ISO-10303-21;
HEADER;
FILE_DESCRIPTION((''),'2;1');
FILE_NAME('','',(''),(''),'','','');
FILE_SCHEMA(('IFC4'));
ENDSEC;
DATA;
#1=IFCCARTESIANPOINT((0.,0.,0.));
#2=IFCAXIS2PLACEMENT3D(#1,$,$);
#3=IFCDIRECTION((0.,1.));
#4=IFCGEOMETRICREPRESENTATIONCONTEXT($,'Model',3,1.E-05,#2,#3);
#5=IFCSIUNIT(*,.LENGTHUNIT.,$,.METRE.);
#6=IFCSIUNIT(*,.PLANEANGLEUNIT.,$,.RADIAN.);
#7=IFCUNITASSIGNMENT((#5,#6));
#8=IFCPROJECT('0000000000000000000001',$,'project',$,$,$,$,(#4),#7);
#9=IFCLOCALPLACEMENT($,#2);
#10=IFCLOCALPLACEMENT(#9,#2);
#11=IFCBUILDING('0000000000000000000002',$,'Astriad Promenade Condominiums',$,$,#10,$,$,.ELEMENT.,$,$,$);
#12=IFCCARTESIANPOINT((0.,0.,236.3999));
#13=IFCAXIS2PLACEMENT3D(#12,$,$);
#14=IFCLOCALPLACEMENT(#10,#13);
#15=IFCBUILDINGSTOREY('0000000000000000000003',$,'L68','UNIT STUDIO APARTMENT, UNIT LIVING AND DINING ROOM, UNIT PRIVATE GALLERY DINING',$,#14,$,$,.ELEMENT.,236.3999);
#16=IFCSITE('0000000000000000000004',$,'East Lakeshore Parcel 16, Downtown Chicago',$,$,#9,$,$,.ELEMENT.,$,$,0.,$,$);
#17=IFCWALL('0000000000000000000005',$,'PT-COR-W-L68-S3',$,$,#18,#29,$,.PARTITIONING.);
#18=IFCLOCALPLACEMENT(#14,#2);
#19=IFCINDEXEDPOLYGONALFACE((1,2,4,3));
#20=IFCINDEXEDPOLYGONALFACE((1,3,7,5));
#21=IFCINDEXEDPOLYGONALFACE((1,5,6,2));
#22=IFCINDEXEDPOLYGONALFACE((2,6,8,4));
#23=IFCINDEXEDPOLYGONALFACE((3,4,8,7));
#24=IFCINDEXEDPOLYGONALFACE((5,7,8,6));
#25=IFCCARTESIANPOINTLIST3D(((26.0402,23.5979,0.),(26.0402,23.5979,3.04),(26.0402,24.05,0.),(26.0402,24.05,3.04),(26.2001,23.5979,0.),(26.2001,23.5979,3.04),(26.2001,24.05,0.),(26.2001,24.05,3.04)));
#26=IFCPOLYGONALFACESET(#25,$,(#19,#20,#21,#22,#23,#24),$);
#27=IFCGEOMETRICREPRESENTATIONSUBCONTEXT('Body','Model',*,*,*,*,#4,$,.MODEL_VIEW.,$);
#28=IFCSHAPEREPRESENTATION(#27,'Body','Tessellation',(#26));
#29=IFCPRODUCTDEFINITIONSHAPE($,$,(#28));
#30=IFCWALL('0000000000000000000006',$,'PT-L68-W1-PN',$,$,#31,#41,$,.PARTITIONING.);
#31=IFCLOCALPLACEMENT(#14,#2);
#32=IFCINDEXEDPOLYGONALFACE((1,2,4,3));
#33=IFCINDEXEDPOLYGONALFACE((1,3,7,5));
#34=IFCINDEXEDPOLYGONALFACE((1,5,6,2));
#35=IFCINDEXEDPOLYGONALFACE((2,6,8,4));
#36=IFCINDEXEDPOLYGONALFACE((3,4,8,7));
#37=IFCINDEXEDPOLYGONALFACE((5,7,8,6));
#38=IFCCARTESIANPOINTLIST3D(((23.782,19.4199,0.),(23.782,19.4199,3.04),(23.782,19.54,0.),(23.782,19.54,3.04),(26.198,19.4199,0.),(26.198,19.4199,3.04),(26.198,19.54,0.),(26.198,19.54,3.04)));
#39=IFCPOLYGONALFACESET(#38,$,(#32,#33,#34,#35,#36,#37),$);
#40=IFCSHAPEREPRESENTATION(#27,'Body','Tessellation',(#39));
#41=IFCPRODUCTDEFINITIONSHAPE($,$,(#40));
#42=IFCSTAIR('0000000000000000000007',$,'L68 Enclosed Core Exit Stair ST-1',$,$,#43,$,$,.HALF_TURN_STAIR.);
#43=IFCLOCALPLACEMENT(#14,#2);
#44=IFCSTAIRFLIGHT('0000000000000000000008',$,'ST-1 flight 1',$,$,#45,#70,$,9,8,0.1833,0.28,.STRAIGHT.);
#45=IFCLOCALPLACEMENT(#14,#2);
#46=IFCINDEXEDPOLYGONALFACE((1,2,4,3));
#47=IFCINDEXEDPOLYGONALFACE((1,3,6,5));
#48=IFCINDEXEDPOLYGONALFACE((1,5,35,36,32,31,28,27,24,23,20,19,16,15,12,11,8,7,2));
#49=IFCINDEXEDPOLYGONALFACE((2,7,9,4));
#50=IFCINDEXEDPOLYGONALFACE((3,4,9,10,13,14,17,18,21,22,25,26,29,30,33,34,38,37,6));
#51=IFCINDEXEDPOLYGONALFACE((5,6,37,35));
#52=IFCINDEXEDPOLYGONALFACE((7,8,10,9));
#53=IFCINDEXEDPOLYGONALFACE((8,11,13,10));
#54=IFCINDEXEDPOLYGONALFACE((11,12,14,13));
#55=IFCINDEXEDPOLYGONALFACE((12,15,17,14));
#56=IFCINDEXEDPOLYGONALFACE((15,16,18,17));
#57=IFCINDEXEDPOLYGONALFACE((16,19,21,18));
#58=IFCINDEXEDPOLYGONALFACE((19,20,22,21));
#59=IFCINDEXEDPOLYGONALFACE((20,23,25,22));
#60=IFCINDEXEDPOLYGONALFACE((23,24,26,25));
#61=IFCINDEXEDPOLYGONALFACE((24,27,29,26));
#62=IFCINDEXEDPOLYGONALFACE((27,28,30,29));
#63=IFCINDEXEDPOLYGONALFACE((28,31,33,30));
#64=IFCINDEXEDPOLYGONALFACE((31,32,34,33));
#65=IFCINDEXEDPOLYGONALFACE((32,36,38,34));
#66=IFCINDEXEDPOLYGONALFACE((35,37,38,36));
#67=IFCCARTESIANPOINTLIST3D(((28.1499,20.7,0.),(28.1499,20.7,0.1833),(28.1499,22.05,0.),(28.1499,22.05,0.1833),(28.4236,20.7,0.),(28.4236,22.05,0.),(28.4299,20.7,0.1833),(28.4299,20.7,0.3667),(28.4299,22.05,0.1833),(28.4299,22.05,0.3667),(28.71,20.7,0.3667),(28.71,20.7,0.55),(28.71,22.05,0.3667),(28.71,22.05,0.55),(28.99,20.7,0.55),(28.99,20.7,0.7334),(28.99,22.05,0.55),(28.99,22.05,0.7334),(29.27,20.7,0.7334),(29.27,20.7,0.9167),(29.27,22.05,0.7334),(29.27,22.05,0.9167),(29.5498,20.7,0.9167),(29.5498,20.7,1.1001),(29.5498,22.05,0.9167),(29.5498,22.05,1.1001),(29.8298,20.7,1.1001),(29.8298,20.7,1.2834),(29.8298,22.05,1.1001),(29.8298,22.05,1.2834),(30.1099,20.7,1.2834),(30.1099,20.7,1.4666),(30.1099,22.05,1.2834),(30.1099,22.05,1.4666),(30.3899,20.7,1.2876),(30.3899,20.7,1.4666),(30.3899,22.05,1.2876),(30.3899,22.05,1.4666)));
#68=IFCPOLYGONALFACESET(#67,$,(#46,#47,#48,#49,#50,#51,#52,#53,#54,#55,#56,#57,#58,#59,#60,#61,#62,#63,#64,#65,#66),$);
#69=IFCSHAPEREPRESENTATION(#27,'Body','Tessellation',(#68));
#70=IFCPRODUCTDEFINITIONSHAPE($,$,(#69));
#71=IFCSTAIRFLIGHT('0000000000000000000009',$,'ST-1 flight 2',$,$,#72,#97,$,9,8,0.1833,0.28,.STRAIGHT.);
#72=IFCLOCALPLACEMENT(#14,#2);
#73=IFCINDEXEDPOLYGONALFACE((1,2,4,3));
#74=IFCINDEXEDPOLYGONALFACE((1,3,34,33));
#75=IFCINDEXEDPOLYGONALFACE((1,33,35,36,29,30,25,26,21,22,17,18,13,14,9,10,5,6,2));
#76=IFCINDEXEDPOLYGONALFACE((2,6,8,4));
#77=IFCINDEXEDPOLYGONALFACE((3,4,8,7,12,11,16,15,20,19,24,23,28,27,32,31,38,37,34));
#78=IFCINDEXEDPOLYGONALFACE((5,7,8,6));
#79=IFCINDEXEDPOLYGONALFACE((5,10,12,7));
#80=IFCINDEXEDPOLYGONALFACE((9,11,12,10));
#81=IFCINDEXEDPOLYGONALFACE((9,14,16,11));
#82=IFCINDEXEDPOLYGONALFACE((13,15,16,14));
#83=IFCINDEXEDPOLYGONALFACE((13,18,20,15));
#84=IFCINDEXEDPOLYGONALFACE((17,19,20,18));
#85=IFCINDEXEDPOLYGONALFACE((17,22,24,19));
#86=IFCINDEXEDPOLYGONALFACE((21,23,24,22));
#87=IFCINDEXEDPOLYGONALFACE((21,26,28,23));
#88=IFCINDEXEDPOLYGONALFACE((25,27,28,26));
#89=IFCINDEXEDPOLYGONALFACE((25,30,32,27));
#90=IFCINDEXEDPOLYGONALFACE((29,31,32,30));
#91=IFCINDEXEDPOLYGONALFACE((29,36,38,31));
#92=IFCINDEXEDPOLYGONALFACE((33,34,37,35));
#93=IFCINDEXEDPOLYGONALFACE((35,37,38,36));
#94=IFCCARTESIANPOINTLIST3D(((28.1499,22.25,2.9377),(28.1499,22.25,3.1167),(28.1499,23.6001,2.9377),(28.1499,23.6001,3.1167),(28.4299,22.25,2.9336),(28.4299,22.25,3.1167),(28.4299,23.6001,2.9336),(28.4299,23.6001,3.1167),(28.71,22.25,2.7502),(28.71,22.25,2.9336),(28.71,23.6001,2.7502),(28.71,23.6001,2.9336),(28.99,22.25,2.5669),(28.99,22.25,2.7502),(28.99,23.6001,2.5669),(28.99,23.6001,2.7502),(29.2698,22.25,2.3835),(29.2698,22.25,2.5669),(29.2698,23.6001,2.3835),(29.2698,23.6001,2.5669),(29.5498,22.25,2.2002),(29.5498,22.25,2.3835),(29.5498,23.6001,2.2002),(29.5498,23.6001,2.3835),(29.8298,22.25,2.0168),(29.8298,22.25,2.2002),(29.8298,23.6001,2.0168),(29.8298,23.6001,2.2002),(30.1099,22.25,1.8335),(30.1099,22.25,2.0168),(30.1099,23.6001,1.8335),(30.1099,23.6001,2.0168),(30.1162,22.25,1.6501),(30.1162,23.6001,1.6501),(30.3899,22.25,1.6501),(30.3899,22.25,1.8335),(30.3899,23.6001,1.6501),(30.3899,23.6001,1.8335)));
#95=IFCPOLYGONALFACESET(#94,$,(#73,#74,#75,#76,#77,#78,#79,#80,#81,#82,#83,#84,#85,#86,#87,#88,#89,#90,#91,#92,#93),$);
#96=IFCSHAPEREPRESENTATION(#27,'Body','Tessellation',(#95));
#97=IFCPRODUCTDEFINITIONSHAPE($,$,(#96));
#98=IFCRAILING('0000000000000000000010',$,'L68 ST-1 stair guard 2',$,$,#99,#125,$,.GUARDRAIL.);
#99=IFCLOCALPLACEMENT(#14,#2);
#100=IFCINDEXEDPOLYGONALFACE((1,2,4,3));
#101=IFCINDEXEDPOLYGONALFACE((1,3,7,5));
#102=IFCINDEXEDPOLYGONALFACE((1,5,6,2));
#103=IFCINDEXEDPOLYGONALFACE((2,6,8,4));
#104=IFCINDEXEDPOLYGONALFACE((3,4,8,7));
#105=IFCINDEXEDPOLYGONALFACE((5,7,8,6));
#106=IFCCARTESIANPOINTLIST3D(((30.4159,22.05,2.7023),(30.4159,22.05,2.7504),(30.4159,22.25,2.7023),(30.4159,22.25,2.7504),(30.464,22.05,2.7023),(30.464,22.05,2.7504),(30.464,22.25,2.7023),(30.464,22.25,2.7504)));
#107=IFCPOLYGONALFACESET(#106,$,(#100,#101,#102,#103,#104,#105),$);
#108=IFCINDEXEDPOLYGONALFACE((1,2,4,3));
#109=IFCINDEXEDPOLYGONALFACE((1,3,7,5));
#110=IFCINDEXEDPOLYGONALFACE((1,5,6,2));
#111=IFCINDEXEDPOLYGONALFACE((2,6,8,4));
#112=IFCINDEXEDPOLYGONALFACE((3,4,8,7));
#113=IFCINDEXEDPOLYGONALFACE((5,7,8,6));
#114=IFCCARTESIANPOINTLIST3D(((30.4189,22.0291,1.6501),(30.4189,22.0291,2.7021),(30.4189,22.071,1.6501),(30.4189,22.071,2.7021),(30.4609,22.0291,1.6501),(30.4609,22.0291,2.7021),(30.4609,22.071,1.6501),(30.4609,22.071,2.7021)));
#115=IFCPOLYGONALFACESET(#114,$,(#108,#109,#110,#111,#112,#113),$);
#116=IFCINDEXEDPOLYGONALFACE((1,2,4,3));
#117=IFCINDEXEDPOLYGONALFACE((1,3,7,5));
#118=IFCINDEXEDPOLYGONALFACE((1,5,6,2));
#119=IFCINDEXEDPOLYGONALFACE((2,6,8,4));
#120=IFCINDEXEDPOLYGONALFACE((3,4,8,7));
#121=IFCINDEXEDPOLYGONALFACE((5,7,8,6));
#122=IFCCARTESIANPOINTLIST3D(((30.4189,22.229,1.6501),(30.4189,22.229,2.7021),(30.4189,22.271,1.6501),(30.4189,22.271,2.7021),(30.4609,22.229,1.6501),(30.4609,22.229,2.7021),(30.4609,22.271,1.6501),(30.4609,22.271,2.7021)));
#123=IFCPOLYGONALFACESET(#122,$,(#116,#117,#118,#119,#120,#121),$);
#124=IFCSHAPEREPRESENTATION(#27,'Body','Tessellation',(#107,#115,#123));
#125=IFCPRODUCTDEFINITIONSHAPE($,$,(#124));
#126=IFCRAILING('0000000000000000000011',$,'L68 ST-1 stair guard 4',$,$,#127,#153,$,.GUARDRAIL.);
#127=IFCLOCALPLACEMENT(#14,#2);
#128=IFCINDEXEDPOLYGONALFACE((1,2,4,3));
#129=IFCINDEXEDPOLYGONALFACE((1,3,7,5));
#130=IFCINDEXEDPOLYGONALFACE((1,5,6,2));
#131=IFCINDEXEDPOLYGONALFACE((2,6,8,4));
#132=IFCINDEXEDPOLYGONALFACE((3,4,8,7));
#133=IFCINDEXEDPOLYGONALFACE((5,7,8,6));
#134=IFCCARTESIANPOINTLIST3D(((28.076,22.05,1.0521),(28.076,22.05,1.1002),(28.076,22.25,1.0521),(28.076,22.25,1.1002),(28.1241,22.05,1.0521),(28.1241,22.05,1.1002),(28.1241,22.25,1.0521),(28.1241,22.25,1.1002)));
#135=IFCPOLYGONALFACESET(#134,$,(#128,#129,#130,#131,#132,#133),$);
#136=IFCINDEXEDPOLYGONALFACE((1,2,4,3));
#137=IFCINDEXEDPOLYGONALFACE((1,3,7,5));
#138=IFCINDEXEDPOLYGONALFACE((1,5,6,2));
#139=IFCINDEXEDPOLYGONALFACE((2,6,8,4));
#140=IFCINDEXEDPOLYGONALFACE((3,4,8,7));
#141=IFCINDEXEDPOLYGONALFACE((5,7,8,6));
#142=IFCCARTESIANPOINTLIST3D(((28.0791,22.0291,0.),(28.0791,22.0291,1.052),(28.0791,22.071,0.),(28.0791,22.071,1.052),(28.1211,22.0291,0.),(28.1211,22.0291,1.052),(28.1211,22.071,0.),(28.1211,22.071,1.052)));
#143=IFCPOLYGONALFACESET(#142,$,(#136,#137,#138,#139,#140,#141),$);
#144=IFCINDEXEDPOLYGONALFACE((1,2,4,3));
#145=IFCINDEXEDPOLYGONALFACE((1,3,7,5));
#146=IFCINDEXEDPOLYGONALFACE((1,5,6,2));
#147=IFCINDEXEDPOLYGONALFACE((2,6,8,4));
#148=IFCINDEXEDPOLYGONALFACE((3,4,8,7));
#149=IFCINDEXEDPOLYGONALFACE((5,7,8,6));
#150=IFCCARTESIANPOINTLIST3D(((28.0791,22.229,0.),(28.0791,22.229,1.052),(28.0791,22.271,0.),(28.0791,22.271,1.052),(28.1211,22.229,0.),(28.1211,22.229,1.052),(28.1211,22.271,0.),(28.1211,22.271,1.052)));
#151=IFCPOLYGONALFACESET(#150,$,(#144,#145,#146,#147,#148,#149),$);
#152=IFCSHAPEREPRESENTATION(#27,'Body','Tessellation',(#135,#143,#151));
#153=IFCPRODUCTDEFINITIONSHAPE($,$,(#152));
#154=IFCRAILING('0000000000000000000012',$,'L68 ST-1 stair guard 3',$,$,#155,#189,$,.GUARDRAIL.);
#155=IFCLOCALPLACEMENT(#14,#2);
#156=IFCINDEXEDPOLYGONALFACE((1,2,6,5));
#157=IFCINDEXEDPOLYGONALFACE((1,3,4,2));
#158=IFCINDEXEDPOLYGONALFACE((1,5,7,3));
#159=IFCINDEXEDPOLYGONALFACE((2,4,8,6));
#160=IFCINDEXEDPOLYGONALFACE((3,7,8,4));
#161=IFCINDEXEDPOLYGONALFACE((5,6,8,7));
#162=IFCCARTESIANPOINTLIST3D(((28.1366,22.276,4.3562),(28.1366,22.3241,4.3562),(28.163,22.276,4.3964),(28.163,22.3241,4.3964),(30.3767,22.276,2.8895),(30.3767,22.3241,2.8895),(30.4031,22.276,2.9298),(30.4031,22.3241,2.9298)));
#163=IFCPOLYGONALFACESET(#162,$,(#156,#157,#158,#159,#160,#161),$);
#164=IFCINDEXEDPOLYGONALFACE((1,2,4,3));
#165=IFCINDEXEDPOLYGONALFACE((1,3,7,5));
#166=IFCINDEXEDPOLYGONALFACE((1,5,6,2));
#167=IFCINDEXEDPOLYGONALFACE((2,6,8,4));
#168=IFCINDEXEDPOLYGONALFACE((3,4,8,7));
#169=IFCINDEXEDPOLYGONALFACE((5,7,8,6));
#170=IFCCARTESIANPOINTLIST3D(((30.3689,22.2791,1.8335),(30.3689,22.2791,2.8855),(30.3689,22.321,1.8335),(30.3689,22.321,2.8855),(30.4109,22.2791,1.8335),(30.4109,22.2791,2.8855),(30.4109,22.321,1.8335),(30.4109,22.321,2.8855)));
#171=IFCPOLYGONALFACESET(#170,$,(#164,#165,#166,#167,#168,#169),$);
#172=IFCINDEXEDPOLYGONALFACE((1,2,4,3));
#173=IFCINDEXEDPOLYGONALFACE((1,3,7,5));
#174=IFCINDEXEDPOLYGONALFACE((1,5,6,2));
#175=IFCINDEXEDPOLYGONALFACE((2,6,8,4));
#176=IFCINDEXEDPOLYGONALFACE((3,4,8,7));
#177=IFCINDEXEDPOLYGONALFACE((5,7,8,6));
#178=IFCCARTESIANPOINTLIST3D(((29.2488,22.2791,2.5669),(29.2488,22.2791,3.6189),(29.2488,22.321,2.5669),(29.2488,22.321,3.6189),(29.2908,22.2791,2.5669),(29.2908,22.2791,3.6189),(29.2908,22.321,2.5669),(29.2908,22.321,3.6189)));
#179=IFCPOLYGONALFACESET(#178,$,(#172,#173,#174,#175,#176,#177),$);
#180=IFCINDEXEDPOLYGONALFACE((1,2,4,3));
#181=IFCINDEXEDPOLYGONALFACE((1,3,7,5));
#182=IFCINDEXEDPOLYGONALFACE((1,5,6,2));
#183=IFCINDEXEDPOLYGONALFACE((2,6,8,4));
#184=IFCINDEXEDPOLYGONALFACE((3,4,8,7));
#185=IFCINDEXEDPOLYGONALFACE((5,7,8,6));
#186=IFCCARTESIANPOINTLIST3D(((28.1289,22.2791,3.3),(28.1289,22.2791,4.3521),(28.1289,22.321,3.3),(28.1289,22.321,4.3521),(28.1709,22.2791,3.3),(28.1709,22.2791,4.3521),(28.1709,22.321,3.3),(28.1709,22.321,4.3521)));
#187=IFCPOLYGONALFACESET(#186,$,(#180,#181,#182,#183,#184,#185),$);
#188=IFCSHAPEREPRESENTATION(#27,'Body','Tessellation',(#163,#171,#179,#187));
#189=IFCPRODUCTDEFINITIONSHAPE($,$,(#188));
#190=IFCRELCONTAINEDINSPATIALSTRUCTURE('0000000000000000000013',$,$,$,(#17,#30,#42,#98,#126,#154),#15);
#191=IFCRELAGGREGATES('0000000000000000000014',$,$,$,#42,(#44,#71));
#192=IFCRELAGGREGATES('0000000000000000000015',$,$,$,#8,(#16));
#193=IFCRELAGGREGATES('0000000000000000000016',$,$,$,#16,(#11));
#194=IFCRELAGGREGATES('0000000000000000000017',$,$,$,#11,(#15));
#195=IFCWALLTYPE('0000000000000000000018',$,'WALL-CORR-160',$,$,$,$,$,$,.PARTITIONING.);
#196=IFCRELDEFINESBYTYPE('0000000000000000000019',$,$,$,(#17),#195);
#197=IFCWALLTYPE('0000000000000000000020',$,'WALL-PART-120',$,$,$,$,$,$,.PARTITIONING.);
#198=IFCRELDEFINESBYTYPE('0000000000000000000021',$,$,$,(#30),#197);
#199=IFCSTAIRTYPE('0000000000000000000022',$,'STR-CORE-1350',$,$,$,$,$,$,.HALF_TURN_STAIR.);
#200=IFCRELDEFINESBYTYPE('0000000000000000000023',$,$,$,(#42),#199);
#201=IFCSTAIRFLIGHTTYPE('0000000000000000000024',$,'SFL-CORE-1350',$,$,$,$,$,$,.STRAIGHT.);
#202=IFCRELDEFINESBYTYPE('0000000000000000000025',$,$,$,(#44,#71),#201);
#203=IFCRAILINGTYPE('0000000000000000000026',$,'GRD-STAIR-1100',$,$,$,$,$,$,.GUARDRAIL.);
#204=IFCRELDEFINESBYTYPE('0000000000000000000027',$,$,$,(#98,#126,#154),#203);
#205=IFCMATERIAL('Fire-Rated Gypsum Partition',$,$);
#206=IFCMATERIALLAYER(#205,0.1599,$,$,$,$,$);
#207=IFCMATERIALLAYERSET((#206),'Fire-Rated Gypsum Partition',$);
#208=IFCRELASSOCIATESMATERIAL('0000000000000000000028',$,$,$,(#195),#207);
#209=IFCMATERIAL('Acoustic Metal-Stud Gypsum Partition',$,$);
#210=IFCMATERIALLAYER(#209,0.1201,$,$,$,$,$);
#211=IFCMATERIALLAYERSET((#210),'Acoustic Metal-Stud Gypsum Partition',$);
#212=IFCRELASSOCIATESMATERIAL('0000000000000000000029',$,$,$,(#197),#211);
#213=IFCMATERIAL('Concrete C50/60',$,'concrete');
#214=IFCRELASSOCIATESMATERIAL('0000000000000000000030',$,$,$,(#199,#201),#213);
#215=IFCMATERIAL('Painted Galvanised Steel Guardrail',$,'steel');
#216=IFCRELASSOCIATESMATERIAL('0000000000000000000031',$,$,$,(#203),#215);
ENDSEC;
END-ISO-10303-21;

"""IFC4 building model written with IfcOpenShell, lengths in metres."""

from ifc_helpers import new_model, si_unit, direction, frame, frame_2d, origin, origin_2d, place, context, subcontext, project, spatial, polyline, rectangle, outline, extrude, source, transform, mapped, material, layer, layer_set, type_object, type_shapes, element, aggregate, save


model = new_model("IFC4")

# Units and contexts
model_context = context("Model", 3, precision=1e-05, world=origin(), true_north=direction((0.0, 1.0)))
body_context = subcontext(model_context, "Body", "Model", "MODEL_VIEW")
ifc_project = project(units=[si_unit("LENGTHUNIT", "METRE"), si_unit("PLANEANGLEUNIT", "RADIAN")], contexts=[model_context])

# Site, building, storey
site_placement = place(None, origin())
site = spatial("IfcSite", under=ifc_project, at=site_placement, Name="East Lakeshore Parcel 16, Downtown Chicago", CompositionType="ELEMENT", RefElevation=0.0)
building_placement = place(site_placement, origin())
building = spatial("IfcBuilding", under=site, at=building_placement, Name="Astriad Promenade Condominiums", CompositionType="ELEMENT")
storey_placement = place(building_placement, frame((0.0, 0.0, 236.3999)))
storey = spatial("IfcBuildingStorey", under=building, at=storey_placement, Name="L68", Description="UNIT STUDIO APARTMENT, UNIT LIVING AND DINING ROOM, UNIT PRIVATE GALLERY DINING", CompositionType="ELEMENT", Elevation=236.3999)

# Shared definitions
ifc_material_1 = material(Name="Concrete C50/60", Category="concrete")

# Walls
ifc_material_2 = material(Name="Fire-Rated Gypsum Partition")
ifc_layer_1 = layer(ifc_material_2, 0.1599)
ifc_layer_set_1 = layer_set([ifc_layer_1], Name="Fire-Rated Gypsum Partition")
wall_type_1 = type_object("IfcWallType", Name="WALL-CORR-160", PredefinedType="PARTITIONING", material=ifc_layer_set_1)
wall_1_placement = place(storey_placement, frame((26.1201, 23.5979, 0.0), z_axis=(0.0, 0.0, 1.0), x_axis=(0.0, 1.0, 0.0)))
element("IfcWall", 1, at=wall_1_placement, inside=storey, type_object=wall_type_1, Name="PT-COR-W-L68-S3", PredefinedType="PARTITIONING", context=body_context, shape_type="SweptSolid", body=[
    extrude(rectangle(XDim=0.4521, YDim=0.1599, at=frame_2d((0.2261, 0.0))), origin(), (0.0, 0.0, 1.0), 3.04),
])
ifc_material_3 = material(Name="Acoustic Metal-Stud Gypsum Partition")
ifc_layer_2 = layer(ifc_material_3, 0.1201)
ifc_layer_set_2 = layer_set([ifc_layer_2], Name="Acoustic Metal-Stud Gypsum Partition")
wall_type_2 = type_object("IfcWallType", Name="WALL-PART-120", PredefinedType="PARTITIONING", material=ifc_layer_set_2)
wall_2_placement = place(storey_placement, frame((23.782, 19.48, 0.0), z_axis=(0.0, 0.0, 1.0), x_axis=(1.0, 0.0, 0.0)))
element("IfcWall", 2, at=wall_2_placement, inside=storey, type_object=wall_type_2, Name="PT-L68-W1-PN", PredefinedType="PARTITIONING", context=body_context, shape_type="SweptSolid", body=[
    extrude(rectangle(XDim=2.416, YDim=0.1201, at=frame_2d((1.208, 0.0))), origin(), (0.0, 0.0, 1.0), 3.04),
])

# Stair, stair flights
stair_type = type_object("IfcStairType", Name="STR-CORE-1350", PredefinedType="HALF_TURN_STAIR", material=ifc_material_1)
stair_placement = place(storey_placement, origin())
stair = element("IfcStair", 3, at=stair_placement, inside=storey, type_object=stair_type, Name="L68 Enclosed Core Exit Stair ST-1", PredefinedType="HALF_TURN_STAIR")
stair_flight_type = type_object("IfcStairFlightType", Name="SFL-CORE-1350", PredefinedType="STRAIGHT", material=ifc_material_1)
shared_shape_1 = source(origin(), body_context, "Body", "SweptSolid", [
    extrude(outline(polyline([(0.0, 0.0), (0.0, 0.1833), (0.28, 0.1833), (0.28, 0.3667), (0.5601, 0.3667), (0.5601, 0.55), (0.8401, 0.55), (0.8401, 0.7334), (1.1201, 0.7334), (1.1201, 0.9167), (1.3999, 0.9167), (1.3999, 1.1001), (1.6799, 1.1001), (1.6799, 1.2834), (1.96, 1.2834), (1.96, 1.4666), (2.24, 1.4666), (2.24, 1.6499), (2.24, 1.2876), (0.2737, 0.0), (0.0, 0.0)])), frame((0.0, 0.675, 0.0), z_axis=(0.0, -1.0, 0.0), x_axis=(1.0, 0.0, 0.0)), (0.0, 0.0, 1.0), 1.3501),
])
type_shapes(stair_flight_type, [shared_shape_1])
stair_flight_1_placement = place(storey_placement, frame((28.1499, 21.375, 0.0), z_axis=(0.0, 0.0, 1.0), x_axis=(1.0, 0.0, 0.0)))
stair_flight_1 = element("IfcStairFlight", 4, at=stair_flight_1_placement, type_object=stair_flight_type, Name="ST-1 flight 1", NumberOfRisers=9, NumberOfTreads=8, PredefinedType="STRAIGHT", RiserHeight=0.1833, TreadLength=0.28, context=body_context, shape_type="MappedRepresentation", body=[
    mapped(shared_shape_1, transform((0.0, 0.0, 0.0), scale=1.0)),
])
stair_flight_2_placement = place(storey_placement, frame((30.3899, 22.925, 1.6501), z_axis=(0.0, 0.0, 1.0), x_axis=(-1.0, 0.0, 0.0)))
stair_flight_2 = element("IfcStairFlight", 5, at=stair_flight_2_placement, type_object=stair_flight_type, Name="ST-1 flight 2", NumberOfRisers=9, NumberOfTreads=8, PredefinedType="STRAIGHT", RiserHeight=0.1833, TreadLength=0.28, context=body_context, shape_type="MappedRepresentation", body=[
    mapped(shared_shape_1, transform((0.0, 0.0, 0.0), scale=1.0)),
])
aggregate(stair, [stair_flight_1, stair_flight_2])

# Railings
ifc_material_4 = material(Name="Painted Galvanised Steel Guardrail", Category="steel")
railing_type_1 = type_object("IfcRailingType", Name="GRD-STAIR-1100", PredefinedType="GUARDRAIL", material=ifc_material_4)
shared_shape_2 = source(origin(), body_context, "Body", "SweptSolid", [
    extrude(rectangle(XDim=0.0481, YDim=0.0481, at=origin_2d()), frame((0.0, 0.0, 1.0762), z_axis=(0.0, 1.0, 0.0), x_axis=(-1.0, 0.0, 0.0)), (0.0, 0.0, 1.0), 0.2),
    extrude(rectangle(XDim=0.042, YDim=0.042, at=origin_2d()), origin(), (0.0, 0.0, 1.0), 1.052),
    extrude(rectangle(XDim=0.042, YDim=0.042, at=origin_2d()), frame((0.0, 0.2, 0.0)), (0.0, 0.0, 1.0), 1.052),
])
for number, where, name in (
    (6, (30.4399, 22.05, 1.6501), "L68 ST-1 stair guard 2"),
    (7, (28.1001, 22.05, 0.0), "L68 ST-1 stair guard 4"),
):
    element("IfcRailing", number, at=place(storey_placement, frame(where)), inside=storey, type_object=railing_type_1, Name=name, PredefinedType="GUARDRAIL", context=body_context, shape_type="MappedRepresentation", body=[
        mapped(shared_shape_2, transform((0.0, 0.0, 0.0), scale=1.0)),
    ])
shared_shape_3 = source(origin(), body_context, "Body", "SweptSolid", [
    extrude(rectangle(XDim=0.0481, YDim=0.0481, at=origin_2d()), frame((0.0, 0.0, 1.0762), z_axis=(-0.836637, 0.0, 0.547758), x_axis=(0.0, -1.0, 0.0)), (0.0, 0.0, 1.0), 2.6775),
    extrude(rectangle(XDim=0.042, YDim=0.042, at=origin_2d()), origin(), (0.0, 0.0, 1.0), 1.052),
    extrude(rectangle(XDim=0.042, YDim=0.042, at=origin_2d()), frame((-1.1201, 0.0, 0.7334)), (0.0, 0.0, 1.0), 1.052),
    extrude(rectangle(XDim=0.042, YDim=0.042, at=origin_2d()), frame((-2.24, 0.0, 1.4666)), (0.0, 0.0, 1.0), 1.052),
])
railing_1_placement = place(storey_placement, frame((30.3899, 22.3, 1.8335)))
element("IfcRailing", 8, at=railing_1_placement, inside=storey, type_object=railing_type_1, Name="L68 ST-1 stair guard 3", PredefinedType="GUARDRAIL", context=body_context, shape_type="MappedRepresentation", body=[
    mapped(shared_shape_3, transform((0.0, 0.0, 0.0), scale=1.0)),
])

save(model, "model.ifc")
